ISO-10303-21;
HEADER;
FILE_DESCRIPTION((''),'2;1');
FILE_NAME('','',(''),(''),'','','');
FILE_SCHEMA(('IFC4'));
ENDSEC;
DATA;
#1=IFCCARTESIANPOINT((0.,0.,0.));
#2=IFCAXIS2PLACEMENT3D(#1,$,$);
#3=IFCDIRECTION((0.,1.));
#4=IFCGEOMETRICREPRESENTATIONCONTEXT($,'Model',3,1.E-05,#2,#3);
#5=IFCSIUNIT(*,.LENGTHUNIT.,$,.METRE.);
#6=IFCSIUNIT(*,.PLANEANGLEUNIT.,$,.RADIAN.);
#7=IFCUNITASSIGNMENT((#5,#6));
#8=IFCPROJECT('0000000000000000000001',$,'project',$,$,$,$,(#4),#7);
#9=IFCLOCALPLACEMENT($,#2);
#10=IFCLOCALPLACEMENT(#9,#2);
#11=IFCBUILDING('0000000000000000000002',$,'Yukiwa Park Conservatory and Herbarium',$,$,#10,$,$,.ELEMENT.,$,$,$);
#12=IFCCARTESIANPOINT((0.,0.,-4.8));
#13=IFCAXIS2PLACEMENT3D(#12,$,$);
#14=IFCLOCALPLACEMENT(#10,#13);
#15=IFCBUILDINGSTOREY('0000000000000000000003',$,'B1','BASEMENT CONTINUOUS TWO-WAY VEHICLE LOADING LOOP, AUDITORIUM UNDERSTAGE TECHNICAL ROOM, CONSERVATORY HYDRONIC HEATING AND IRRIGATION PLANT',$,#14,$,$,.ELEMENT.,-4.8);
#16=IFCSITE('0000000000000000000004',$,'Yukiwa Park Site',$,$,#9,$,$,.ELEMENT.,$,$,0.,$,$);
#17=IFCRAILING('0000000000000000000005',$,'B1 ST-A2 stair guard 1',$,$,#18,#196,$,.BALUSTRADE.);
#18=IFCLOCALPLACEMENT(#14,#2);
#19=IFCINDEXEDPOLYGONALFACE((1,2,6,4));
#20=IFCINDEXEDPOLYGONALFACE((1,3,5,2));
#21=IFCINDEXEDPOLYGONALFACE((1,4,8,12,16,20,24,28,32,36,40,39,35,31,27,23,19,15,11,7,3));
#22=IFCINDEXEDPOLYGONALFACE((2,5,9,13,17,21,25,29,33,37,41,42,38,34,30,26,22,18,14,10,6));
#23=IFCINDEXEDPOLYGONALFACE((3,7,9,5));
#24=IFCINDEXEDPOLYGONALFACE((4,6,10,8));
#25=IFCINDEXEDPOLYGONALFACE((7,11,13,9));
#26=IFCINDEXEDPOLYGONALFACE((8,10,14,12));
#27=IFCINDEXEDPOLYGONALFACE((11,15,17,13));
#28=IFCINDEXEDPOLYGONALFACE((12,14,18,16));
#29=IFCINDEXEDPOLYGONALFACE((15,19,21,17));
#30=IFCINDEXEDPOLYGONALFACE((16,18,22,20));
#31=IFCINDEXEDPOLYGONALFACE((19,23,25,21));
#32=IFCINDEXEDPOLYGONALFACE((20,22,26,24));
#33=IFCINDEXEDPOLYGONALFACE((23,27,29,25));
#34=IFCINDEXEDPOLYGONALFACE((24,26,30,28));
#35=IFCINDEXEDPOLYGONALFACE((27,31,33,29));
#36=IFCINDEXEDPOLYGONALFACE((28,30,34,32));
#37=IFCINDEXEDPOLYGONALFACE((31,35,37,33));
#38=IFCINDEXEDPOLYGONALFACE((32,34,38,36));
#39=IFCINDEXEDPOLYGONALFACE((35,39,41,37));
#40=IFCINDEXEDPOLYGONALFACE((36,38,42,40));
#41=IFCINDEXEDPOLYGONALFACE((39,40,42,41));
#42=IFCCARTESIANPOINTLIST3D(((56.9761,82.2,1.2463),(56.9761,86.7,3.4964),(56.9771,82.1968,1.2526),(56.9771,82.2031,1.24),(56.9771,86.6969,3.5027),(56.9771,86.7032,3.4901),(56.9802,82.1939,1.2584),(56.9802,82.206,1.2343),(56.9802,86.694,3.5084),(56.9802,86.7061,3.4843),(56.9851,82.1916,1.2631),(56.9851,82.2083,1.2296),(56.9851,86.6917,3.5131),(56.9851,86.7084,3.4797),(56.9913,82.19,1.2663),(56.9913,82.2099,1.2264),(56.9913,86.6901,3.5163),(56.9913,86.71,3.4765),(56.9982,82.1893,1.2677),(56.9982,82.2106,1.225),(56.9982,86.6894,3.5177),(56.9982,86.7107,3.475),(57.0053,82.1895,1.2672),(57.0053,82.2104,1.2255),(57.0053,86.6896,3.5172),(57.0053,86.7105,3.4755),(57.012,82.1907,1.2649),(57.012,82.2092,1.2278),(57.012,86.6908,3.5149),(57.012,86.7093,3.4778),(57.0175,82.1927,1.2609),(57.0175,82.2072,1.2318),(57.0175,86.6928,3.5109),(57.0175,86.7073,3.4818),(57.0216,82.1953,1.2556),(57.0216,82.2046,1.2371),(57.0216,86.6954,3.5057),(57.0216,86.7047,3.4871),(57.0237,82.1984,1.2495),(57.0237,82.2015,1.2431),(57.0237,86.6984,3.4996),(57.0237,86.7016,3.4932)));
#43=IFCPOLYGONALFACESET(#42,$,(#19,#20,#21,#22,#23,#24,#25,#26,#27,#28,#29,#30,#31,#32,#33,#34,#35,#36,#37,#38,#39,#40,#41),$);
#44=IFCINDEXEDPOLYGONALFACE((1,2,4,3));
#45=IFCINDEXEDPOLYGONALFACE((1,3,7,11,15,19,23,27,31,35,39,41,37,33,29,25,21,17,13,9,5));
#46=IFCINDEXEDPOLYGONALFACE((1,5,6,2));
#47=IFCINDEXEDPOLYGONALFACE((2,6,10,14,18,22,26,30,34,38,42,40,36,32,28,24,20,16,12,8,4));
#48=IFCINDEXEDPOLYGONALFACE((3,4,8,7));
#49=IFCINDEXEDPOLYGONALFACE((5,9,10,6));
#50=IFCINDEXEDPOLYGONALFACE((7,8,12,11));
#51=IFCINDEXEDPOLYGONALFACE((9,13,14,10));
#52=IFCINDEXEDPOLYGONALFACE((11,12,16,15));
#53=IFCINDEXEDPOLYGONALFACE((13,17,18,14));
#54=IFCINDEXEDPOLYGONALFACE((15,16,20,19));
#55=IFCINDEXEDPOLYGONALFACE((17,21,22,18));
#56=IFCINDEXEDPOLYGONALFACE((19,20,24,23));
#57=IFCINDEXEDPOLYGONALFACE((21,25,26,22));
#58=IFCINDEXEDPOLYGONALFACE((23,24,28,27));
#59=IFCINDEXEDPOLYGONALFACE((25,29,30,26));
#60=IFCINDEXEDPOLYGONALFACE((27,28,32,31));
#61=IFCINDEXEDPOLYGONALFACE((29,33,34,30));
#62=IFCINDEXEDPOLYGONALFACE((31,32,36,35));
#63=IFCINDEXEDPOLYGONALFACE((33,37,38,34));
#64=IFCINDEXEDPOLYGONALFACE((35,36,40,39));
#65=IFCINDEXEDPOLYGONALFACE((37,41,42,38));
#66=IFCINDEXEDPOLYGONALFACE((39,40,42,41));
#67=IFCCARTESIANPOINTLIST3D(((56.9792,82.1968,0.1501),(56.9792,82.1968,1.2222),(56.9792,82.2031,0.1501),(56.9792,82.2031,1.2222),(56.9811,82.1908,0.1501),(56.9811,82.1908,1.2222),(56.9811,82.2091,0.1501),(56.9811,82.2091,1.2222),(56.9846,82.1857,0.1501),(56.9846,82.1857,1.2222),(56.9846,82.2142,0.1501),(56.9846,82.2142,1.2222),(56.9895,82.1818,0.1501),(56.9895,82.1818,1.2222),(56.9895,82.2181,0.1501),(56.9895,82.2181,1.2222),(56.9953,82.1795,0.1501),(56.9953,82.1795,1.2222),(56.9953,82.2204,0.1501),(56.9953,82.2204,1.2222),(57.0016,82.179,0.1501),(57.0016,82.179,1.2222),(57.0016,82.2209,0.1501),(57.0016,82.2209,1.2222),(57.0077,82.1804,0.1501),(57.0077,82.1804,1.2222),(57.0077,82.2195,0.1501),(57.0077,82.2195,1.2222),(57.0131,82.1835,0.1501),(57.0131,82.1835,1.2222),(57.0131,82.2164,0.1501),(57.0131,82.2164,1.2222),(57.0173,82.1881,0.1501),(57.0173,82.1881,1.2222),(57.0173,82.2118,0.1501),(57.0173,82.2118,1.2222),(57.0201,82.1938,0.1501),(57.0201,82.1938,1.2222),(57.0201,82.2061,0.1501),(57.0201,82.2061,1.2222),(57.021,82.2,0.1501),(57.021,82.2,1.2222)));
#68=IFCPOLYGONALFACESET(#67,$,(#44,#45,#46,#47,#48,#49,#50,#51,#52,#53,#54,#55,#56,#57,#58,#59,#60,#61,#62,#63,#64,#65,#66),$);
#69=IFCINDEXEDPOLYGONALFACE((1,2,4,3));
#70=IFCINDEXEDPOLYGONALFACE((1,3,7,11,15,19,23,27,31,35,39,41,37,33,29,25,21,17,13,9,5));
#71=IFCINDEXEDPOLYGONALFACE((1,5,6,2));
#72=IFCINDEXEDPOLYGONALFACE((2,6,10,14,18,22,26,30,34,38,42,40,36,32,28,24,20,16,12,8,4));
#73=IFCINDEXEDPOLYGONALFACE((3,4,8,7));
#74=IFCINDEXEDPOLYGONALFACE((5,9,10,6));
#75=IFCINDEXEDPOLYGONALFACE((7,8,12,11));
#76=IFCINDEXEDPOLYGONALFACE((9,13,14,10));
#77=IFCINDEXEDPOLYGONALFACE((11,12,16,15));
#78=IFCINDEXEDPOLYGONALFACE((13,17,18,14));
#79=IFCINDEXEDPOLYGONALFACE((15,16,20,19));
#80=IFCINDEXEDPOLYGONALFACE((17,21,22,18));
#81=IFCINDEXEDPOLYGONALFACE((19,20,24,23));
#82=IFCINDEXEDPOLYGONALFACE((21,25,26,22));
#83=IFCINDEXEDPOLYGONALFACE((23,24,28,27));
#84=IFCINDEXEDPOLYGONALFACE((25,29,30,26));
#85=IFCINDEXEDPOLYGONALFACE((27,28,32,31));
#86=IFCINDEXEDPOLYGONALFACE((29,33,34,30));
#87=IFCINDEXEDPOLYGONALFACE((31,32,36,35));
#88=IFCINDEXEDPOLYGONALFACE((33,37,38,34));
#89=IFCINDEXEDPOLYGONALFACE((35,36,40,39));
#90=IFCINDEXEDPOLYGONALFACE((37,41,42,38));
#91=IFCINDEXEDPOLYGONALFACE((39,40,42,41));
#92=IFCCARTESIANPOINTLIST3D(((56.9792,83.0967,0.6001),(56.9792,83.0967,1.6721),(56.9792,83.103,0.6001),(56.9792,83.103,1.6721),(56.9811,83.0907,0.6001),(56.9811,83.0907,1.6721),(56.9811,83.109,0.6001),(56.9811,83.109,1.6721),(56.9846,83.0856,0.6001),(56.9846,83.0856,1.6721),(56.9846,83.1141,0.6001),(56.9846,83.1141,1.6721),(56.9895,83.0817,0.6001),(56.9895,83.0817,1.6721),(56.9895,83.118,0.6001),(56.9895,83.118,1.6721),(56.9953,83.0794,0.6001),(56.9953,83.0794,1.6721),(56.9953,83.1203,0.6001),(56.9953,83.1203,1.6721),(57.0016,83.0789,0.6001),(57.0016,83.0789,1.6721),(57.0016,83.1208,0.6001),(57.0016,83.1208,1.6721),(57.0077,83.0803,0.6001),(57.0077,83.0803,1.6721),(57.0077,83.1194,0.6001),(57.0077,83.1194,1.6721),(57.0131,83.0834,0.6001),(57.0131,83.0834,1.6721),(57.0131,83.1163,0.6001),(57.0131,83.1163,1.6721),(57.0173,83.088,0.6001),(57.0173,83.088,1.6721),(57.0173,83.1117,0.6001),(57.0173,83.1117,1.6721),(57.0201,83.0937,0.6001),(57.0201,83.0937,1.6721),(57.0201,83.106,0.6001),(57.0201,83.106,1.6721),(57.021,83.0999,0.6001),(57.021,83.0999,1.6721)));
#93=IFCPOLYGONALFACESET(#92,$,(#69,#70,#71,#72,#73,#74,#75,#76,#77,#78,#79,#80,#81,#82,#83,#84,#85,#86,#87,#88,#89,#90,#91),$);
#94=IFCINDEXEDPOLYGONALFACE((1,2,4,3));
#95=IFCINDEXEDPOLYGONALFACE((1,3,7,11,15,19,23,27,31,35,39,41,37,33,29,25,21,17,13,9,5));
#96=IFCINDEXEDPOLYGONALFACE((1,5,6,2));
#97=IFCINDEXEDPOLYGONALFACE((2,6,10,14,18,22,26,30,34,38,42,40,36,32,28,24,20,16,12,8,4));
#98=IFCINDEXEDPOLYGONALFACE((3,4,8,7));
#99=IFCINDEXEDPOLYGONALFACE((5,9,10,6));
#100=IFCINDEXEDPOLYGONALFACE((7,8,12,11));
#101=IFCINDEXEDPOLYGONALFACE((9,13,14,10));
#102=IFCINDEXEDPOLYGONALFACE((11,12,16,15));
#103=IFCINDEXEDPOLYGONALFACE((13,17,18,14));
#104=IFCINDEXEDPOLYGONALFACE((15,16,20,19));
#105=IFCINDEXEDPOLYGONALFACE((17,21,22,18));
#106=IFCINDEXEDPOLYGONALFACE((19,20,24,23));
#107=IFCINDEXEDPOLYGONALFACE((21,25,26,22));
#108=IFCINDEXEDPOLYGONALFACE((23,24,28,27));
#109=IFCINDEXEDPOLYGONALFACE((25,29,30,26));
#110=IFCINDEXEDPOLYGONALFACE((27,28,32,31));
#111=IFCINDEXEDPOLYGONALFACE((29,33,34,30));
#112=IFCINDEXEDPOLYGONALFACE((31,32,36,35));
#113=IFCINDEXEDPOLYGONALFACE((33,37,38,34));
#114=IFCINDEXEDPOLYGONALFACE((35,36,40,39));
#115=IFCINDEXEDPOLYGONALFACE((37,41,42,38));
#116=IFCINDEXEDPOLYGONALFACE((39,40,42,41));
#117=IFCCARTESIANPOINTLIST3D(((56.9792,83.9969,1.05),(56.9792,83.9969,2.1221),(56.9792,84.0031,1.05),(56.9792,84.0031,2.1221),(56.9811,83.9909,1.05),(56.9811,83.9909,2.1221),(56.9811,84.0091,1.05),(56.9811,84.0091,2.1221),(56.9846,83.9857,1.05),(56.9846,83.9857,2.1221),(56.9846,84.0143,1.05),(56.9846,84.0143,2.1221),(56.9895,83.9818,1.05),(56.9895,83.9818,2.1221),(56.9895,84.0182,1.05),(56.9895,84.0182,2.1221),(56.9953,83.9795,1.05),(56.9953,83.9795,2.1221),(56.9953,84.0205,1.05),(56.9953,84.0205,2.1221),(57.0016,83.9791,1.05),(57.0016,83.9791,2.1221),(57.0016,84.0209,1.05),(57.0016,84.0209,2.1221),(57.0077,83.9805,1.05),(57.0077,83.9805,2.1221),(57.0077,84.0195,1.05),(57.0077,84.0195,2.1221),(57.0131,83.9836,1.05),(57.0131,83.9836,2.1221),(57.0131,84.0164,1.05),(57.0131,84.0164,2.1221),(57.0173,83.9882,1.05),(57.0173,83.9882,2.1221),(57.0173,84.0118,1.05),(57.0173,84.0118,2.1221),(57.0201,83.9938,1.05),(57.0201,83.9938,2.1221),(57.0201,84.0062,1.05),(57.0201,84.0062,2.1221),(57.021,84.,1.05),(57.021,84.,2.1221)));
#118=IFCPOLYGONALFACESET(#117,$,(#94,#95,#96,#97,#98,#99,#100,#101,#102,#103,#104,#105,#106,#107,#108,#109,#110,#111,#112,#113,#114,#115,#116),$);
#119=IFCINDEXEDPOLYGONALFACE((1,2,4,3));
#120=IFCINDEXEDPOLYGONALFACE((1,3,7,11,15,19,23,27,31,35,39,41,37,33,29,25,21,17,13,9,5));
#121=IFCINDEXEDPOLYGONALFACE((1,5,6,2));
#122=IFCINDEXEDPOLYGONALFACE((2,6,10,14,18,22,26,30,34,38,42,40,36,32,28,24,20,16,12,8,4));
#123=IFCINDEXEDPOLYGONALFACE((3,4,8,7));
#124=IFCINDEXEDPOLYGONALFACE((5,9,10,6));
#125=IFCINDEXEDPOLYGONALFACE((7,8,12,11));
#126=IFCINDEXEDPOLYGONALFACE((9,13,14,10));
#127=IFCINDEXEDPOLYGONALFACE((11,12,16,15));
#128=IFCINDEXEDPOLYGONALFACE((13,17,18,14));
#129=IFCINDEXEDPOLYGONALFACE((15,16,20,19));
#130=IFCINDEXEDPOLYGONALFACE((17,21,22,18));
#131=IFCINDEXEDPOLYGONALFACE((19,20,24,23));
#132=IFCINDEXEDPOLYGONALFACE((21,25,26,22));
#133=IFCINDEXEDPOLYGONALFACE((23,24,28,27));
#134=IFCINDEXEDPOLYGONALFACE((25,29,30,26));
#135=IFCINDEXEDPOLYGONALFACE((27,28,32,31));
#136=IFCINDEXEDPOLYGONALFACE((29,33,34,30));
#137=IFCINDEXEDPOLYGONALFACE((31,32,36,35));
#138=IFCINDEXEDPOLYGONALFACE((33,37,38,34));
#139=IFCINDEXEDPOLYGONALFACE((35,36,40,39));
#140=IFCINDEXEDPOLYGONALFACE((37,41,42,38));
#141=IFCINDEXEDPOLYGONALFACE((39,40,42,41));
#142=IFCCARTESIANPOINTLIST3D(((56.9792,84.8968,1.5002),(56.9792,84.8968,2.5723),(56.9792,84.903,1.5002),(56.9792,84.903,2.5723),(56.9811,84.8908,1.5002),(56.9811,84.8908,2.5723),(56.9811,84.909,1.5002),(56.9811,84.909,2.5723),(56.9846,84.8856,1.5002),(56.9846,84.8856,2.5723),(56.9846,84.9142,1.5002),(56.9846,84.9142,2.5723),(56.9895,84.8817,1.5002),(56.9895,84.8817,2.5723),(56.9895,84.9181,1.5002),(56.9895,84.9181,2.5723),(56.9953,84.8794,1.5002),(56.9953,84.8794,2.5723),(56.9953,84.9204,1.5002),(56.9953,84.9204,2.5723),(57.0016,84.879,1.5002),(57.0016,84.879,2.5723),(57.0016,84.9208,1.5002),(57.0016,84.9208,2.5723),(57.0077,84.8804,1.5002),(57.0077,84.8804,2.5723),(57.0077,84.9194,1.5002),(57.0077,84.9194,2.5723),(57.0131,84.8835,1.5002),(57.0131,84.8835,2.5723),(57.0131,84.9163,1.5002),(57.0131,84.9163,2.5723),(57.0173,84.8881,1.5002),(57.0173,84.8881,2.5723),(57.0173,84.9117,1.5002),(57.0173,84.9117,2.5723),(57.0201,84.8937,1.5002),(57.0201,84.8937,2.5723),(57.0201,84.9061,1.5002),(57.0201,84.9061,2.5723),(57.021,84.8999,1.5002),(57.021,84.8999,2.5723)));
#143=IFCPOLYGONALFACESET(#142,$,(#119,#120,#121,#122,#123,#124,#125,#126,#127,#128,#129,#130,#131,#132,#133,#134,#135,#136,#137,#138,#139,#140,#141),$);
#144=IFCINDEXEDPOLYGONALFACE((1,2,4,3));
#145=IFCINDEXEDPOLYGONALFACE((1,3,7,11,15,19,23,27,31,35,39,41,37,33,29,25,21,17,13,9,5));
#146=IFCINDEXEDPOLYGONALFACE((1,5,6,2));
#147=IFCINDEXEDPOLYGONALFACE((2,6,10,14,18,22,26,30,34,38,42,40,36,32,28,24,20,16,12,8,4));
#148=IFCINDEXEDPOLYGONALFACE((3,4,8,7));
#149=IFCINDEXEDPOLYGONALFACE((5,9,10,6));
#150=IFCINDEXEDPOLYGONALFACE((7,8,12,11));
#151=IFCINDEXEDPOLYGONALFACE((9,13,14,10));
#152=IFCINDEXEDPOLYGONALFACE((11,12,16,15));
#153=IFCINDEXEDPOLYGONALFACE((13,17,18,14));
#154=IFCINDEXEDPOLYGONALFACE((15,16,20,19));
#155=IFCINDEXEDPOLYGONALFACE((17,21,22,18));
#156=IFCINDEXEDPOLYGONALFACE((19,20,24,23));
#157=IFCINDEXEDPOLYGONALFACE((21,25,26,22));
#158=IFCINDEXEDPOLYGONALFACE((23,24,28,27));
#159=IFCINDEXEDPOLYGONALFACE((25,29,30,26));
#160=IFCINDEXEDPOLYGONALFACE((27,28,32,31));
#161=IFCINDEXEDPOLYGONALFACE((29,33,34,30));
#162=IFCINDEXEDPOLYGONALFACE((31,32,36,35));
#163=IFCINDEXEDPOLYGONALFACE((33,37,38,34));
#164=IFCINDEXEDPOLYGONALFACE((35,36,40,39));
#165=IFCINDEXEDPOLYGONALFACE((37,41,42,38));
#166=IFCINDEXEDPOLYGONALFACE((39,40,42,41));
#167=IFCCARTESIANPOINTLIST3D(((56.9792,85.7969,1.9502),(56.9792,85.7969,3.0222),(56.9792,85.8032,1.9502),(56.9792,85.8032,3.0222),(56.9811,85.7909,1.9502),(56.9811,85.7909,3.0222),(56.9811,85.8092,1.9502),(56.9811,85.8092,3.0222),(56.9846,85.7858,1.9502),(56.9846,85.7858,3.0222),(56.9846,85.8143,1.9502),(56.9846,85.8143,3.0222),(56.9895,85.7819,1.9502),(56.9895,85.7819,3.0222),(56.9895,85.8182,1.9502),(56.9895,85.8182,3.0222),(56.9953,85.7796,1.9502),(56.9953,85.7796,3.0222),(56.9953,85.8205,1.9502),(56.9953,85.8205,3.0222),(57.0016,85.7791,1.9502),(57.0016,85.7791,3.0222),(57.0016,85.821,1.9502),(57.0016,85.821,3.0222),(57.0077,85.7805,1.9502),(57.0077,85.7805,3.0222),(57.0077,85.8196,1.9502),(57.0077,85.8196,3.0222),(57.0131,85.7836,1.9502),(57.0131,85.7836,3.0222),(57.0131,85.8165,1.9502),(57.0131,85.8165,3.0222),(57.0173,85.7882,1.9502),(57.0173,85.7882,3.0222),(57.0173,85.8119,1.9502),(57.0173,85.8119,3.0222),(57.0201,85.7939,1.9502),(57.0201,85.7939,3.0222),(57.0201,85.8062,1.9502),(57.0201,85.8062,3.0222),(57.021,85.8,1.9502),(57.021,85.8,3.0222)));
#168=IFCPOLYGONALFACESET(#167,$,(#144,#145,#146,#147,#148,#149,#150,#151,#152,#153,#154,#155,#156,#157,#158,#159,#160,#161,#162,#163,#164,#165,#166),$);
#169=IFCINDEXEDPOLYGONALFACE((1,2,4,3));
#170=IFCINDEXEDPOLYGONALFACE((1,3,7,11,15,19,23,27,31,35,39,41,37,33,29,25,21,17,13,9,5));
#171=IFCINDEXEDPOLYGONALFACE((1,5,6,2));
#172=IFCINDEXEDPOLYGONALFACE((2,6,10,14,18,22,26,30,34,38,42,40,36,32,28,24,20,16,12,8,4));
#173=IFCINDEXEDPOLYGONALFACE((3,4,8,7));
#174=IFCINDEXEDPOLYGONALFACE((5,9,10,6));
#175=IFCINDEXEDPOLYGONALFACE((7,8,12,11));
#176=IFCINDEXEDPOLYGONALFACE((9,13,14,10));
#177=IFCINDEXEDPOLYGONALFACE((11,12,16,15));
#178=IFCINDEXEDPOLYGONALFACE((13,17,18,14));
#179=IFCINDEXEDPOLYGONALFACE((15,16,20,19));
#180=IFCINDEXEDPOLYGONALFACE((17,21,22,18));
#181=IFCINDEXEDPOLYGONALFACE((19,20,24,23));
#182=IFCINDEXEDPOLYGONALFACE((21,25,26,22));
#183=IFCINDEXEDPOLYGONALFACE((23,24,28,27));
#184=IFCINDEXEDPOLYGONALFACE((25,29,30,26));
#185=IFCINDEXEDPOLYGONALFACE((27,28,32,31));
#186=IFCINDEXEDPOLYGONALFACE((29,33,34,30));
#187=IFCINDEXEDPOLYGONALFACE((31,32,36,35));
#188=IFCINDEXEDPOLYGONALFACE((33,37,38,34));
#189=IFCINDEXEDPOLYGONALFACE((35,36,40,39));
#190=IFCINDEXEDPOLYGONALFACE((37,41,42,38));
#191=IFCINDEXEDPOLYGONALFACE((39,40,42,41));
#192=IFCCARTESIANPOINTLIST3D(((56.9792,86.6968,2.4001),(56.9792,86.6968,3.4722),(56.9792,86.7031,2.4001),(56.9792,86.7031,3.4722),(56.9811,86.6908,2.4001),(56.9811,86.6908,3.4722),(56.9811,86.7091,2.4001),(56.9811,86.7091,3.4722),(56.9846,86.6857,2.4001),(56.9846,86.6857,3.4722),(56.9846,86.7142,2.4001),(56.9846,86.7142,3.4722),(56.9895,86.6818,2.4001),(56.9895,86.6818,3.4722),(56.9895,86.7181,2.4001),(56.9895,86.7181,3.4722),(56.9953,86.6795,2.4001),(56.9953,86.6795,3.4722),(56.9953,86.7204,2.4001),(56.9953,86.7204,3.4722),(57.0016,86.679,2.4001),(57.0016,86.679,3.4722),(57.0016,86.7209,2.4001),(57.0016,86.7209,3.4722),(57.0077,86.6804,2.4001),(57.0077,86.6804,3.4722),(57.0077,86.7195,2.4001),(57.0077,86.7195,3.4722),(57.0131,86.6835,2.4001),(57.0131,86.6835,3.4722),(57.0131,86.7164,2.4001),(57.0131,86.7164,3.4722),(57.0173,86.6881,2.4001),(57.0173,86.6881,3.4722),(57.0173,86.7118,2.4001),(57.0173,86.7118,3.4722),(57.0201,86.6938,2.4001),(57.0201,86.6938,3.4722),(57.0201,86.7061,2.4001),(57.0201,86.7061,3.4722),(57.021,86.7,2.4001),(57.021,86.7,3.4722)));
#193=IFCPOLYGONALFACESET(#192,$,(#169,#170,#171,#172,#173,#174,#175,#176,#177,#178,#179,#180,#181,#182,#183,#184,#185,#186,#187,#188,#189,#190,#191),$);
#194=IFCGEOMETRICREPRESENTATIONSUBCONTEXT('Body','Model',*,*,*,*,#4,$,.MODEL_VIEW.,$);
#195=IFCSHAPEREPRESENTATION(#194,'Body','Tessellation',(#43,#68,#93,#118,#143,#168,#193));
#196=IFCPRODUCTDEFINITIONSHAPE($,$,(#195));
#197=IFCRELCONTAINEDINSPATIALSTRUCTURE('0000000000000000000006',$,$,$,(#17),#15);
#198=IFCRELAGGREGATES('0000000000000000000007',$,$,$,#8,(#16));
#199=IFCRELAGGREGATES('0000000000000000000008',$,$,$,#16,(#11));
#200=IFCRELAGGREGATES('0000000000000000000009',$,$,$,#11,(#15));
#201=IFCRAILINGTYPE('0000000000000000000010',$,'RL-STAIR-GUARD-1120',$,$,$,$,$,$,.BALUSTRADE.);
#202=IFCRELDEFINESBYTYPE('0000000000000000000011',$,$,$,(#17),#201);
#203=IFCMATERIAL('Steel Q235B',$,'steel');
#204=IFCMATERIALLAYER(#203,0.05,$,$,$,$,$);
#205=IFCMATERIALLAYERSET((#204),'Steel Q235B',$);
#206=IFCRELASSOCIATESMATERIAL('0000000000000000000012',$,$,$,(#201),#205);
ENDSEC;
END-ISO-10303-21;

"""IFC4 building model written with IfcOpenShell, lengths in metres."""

from ifc_helpers import new_model, si_unit, direction, frame, origin, origin_2d, place, context, subcontext, project, spatial, circle, extrude, material, layer, layer_set, type_object, element, save


model = new_model("IFC4")

# Units and contexts
model_context = context("Model", 3, precision=1e-05, world=origin(), true_north=direction((0.0, 1.0)))
body_context = subcontext(model_context, "Body", "Model", "MODEL_VIEW")
ifc_project = project(units=[si_unit("LENGTHUNIT", "METRE"), si_unit("PLANEANGLEUNIT", "RADIAN")], contexts=[model_context])

# Site, building, storey
site_placement = place(None, origin())
site = spatial("IfcSite", under=ifc_project, at=site_placement, Name="Yukiwa Park Site", CompositionType="ELEMENT", RefElevation=0.0)
building_placement = place(site_placement, origin())
building = spatial("IfcBuilding", under=site, at=building_placement, Name="Yukiwa Park Conservatory and Herbarium", CompositionType="ELEMENT")
storey_placement = place(building_placement, frame((0.0, 0.0, -4.8)))
storey = spatial("IfcBuildingStorey", under=building, at=storey_placement, Name="B1", Description="BASEMENT CONTINUOUS TWO-WAY VEHICLE LOADING LOOP, AUDITORIUM UNDERSTAGE TECHNICAL ROOM, CONSERVATORY HYDRONIC HEATING AND IRRIGATION PLANT", CompositionType="ELEMENT", Elevation=-4.8)

# Railing
ifc_material_1 = material(Name="Steel Q235B", Category="steel")
ifc_layer_1 = layer(ifc_material_1, 0.05)
ifc_layer_set_1 = layer_set([ifc_layer_1], Name="Steel Q235B")
railing_type_1 = type_object("IfcRailingType", Name="RL-STAIR-GUARD-1120", PredefinedType="BALUSTRADE", material=ifc_layer_set_1)
railing_1_placement = place(storey_placement, frame((57.0, 82.2, 0.1501)))
element("IfcRailing", 1, at=railing_1_placement, inside=storey, type_object=railing_type_1, Name="B1 ST-A2 stair guard 1", PredefinedType="BALUSTRADE", context=body_context, shape_type="SweptSolid", body=[
    extrude(circle(Radius=0.0239, at=origin_2d()), frame((0.0, 0.0, 1.0962), z_axis=(0.0, 0.894427, 0.447214), x_axis=(-1.0, 0.0, 0.0)), (0.0, 0.0, 1.0), 5.0312),
    extrude(circle(Radius=0.021, at=origin_2d()), origin(), (0.0, 0.0, 1.0), 1.072),
    extrude(circle(Radius=0.021, at=origin_2d()), frame((0.0, 0.8999, 0.45)), (0.0, 0.0, 1.0), 1.072),
    extrude(circle(Radius=0.021, at=origin_2d()), frame((0.0, 1.8, 0.8999)), (0.0, 0.0, 1.0), 1.072),
    extrude(circle(Radius=0.021, at=origin_2d()), frame((0.0, 2.7, 1.3501)), (0.0, 0.0, 1.0), 1.072),
    extrude(circle(Radius=0.021, at=origin_2d()), frame((0.0, 3.6001, 1.8)), (0.0, 0.0, 1.0), 1.072),
    extrude(circle(Radius=0.021, at=origin_2d()), frame((0.0, 4.5, 2.25)), (0.0, 0.0, 1.0), 1.072),
])

save(model, "model.ifc")
